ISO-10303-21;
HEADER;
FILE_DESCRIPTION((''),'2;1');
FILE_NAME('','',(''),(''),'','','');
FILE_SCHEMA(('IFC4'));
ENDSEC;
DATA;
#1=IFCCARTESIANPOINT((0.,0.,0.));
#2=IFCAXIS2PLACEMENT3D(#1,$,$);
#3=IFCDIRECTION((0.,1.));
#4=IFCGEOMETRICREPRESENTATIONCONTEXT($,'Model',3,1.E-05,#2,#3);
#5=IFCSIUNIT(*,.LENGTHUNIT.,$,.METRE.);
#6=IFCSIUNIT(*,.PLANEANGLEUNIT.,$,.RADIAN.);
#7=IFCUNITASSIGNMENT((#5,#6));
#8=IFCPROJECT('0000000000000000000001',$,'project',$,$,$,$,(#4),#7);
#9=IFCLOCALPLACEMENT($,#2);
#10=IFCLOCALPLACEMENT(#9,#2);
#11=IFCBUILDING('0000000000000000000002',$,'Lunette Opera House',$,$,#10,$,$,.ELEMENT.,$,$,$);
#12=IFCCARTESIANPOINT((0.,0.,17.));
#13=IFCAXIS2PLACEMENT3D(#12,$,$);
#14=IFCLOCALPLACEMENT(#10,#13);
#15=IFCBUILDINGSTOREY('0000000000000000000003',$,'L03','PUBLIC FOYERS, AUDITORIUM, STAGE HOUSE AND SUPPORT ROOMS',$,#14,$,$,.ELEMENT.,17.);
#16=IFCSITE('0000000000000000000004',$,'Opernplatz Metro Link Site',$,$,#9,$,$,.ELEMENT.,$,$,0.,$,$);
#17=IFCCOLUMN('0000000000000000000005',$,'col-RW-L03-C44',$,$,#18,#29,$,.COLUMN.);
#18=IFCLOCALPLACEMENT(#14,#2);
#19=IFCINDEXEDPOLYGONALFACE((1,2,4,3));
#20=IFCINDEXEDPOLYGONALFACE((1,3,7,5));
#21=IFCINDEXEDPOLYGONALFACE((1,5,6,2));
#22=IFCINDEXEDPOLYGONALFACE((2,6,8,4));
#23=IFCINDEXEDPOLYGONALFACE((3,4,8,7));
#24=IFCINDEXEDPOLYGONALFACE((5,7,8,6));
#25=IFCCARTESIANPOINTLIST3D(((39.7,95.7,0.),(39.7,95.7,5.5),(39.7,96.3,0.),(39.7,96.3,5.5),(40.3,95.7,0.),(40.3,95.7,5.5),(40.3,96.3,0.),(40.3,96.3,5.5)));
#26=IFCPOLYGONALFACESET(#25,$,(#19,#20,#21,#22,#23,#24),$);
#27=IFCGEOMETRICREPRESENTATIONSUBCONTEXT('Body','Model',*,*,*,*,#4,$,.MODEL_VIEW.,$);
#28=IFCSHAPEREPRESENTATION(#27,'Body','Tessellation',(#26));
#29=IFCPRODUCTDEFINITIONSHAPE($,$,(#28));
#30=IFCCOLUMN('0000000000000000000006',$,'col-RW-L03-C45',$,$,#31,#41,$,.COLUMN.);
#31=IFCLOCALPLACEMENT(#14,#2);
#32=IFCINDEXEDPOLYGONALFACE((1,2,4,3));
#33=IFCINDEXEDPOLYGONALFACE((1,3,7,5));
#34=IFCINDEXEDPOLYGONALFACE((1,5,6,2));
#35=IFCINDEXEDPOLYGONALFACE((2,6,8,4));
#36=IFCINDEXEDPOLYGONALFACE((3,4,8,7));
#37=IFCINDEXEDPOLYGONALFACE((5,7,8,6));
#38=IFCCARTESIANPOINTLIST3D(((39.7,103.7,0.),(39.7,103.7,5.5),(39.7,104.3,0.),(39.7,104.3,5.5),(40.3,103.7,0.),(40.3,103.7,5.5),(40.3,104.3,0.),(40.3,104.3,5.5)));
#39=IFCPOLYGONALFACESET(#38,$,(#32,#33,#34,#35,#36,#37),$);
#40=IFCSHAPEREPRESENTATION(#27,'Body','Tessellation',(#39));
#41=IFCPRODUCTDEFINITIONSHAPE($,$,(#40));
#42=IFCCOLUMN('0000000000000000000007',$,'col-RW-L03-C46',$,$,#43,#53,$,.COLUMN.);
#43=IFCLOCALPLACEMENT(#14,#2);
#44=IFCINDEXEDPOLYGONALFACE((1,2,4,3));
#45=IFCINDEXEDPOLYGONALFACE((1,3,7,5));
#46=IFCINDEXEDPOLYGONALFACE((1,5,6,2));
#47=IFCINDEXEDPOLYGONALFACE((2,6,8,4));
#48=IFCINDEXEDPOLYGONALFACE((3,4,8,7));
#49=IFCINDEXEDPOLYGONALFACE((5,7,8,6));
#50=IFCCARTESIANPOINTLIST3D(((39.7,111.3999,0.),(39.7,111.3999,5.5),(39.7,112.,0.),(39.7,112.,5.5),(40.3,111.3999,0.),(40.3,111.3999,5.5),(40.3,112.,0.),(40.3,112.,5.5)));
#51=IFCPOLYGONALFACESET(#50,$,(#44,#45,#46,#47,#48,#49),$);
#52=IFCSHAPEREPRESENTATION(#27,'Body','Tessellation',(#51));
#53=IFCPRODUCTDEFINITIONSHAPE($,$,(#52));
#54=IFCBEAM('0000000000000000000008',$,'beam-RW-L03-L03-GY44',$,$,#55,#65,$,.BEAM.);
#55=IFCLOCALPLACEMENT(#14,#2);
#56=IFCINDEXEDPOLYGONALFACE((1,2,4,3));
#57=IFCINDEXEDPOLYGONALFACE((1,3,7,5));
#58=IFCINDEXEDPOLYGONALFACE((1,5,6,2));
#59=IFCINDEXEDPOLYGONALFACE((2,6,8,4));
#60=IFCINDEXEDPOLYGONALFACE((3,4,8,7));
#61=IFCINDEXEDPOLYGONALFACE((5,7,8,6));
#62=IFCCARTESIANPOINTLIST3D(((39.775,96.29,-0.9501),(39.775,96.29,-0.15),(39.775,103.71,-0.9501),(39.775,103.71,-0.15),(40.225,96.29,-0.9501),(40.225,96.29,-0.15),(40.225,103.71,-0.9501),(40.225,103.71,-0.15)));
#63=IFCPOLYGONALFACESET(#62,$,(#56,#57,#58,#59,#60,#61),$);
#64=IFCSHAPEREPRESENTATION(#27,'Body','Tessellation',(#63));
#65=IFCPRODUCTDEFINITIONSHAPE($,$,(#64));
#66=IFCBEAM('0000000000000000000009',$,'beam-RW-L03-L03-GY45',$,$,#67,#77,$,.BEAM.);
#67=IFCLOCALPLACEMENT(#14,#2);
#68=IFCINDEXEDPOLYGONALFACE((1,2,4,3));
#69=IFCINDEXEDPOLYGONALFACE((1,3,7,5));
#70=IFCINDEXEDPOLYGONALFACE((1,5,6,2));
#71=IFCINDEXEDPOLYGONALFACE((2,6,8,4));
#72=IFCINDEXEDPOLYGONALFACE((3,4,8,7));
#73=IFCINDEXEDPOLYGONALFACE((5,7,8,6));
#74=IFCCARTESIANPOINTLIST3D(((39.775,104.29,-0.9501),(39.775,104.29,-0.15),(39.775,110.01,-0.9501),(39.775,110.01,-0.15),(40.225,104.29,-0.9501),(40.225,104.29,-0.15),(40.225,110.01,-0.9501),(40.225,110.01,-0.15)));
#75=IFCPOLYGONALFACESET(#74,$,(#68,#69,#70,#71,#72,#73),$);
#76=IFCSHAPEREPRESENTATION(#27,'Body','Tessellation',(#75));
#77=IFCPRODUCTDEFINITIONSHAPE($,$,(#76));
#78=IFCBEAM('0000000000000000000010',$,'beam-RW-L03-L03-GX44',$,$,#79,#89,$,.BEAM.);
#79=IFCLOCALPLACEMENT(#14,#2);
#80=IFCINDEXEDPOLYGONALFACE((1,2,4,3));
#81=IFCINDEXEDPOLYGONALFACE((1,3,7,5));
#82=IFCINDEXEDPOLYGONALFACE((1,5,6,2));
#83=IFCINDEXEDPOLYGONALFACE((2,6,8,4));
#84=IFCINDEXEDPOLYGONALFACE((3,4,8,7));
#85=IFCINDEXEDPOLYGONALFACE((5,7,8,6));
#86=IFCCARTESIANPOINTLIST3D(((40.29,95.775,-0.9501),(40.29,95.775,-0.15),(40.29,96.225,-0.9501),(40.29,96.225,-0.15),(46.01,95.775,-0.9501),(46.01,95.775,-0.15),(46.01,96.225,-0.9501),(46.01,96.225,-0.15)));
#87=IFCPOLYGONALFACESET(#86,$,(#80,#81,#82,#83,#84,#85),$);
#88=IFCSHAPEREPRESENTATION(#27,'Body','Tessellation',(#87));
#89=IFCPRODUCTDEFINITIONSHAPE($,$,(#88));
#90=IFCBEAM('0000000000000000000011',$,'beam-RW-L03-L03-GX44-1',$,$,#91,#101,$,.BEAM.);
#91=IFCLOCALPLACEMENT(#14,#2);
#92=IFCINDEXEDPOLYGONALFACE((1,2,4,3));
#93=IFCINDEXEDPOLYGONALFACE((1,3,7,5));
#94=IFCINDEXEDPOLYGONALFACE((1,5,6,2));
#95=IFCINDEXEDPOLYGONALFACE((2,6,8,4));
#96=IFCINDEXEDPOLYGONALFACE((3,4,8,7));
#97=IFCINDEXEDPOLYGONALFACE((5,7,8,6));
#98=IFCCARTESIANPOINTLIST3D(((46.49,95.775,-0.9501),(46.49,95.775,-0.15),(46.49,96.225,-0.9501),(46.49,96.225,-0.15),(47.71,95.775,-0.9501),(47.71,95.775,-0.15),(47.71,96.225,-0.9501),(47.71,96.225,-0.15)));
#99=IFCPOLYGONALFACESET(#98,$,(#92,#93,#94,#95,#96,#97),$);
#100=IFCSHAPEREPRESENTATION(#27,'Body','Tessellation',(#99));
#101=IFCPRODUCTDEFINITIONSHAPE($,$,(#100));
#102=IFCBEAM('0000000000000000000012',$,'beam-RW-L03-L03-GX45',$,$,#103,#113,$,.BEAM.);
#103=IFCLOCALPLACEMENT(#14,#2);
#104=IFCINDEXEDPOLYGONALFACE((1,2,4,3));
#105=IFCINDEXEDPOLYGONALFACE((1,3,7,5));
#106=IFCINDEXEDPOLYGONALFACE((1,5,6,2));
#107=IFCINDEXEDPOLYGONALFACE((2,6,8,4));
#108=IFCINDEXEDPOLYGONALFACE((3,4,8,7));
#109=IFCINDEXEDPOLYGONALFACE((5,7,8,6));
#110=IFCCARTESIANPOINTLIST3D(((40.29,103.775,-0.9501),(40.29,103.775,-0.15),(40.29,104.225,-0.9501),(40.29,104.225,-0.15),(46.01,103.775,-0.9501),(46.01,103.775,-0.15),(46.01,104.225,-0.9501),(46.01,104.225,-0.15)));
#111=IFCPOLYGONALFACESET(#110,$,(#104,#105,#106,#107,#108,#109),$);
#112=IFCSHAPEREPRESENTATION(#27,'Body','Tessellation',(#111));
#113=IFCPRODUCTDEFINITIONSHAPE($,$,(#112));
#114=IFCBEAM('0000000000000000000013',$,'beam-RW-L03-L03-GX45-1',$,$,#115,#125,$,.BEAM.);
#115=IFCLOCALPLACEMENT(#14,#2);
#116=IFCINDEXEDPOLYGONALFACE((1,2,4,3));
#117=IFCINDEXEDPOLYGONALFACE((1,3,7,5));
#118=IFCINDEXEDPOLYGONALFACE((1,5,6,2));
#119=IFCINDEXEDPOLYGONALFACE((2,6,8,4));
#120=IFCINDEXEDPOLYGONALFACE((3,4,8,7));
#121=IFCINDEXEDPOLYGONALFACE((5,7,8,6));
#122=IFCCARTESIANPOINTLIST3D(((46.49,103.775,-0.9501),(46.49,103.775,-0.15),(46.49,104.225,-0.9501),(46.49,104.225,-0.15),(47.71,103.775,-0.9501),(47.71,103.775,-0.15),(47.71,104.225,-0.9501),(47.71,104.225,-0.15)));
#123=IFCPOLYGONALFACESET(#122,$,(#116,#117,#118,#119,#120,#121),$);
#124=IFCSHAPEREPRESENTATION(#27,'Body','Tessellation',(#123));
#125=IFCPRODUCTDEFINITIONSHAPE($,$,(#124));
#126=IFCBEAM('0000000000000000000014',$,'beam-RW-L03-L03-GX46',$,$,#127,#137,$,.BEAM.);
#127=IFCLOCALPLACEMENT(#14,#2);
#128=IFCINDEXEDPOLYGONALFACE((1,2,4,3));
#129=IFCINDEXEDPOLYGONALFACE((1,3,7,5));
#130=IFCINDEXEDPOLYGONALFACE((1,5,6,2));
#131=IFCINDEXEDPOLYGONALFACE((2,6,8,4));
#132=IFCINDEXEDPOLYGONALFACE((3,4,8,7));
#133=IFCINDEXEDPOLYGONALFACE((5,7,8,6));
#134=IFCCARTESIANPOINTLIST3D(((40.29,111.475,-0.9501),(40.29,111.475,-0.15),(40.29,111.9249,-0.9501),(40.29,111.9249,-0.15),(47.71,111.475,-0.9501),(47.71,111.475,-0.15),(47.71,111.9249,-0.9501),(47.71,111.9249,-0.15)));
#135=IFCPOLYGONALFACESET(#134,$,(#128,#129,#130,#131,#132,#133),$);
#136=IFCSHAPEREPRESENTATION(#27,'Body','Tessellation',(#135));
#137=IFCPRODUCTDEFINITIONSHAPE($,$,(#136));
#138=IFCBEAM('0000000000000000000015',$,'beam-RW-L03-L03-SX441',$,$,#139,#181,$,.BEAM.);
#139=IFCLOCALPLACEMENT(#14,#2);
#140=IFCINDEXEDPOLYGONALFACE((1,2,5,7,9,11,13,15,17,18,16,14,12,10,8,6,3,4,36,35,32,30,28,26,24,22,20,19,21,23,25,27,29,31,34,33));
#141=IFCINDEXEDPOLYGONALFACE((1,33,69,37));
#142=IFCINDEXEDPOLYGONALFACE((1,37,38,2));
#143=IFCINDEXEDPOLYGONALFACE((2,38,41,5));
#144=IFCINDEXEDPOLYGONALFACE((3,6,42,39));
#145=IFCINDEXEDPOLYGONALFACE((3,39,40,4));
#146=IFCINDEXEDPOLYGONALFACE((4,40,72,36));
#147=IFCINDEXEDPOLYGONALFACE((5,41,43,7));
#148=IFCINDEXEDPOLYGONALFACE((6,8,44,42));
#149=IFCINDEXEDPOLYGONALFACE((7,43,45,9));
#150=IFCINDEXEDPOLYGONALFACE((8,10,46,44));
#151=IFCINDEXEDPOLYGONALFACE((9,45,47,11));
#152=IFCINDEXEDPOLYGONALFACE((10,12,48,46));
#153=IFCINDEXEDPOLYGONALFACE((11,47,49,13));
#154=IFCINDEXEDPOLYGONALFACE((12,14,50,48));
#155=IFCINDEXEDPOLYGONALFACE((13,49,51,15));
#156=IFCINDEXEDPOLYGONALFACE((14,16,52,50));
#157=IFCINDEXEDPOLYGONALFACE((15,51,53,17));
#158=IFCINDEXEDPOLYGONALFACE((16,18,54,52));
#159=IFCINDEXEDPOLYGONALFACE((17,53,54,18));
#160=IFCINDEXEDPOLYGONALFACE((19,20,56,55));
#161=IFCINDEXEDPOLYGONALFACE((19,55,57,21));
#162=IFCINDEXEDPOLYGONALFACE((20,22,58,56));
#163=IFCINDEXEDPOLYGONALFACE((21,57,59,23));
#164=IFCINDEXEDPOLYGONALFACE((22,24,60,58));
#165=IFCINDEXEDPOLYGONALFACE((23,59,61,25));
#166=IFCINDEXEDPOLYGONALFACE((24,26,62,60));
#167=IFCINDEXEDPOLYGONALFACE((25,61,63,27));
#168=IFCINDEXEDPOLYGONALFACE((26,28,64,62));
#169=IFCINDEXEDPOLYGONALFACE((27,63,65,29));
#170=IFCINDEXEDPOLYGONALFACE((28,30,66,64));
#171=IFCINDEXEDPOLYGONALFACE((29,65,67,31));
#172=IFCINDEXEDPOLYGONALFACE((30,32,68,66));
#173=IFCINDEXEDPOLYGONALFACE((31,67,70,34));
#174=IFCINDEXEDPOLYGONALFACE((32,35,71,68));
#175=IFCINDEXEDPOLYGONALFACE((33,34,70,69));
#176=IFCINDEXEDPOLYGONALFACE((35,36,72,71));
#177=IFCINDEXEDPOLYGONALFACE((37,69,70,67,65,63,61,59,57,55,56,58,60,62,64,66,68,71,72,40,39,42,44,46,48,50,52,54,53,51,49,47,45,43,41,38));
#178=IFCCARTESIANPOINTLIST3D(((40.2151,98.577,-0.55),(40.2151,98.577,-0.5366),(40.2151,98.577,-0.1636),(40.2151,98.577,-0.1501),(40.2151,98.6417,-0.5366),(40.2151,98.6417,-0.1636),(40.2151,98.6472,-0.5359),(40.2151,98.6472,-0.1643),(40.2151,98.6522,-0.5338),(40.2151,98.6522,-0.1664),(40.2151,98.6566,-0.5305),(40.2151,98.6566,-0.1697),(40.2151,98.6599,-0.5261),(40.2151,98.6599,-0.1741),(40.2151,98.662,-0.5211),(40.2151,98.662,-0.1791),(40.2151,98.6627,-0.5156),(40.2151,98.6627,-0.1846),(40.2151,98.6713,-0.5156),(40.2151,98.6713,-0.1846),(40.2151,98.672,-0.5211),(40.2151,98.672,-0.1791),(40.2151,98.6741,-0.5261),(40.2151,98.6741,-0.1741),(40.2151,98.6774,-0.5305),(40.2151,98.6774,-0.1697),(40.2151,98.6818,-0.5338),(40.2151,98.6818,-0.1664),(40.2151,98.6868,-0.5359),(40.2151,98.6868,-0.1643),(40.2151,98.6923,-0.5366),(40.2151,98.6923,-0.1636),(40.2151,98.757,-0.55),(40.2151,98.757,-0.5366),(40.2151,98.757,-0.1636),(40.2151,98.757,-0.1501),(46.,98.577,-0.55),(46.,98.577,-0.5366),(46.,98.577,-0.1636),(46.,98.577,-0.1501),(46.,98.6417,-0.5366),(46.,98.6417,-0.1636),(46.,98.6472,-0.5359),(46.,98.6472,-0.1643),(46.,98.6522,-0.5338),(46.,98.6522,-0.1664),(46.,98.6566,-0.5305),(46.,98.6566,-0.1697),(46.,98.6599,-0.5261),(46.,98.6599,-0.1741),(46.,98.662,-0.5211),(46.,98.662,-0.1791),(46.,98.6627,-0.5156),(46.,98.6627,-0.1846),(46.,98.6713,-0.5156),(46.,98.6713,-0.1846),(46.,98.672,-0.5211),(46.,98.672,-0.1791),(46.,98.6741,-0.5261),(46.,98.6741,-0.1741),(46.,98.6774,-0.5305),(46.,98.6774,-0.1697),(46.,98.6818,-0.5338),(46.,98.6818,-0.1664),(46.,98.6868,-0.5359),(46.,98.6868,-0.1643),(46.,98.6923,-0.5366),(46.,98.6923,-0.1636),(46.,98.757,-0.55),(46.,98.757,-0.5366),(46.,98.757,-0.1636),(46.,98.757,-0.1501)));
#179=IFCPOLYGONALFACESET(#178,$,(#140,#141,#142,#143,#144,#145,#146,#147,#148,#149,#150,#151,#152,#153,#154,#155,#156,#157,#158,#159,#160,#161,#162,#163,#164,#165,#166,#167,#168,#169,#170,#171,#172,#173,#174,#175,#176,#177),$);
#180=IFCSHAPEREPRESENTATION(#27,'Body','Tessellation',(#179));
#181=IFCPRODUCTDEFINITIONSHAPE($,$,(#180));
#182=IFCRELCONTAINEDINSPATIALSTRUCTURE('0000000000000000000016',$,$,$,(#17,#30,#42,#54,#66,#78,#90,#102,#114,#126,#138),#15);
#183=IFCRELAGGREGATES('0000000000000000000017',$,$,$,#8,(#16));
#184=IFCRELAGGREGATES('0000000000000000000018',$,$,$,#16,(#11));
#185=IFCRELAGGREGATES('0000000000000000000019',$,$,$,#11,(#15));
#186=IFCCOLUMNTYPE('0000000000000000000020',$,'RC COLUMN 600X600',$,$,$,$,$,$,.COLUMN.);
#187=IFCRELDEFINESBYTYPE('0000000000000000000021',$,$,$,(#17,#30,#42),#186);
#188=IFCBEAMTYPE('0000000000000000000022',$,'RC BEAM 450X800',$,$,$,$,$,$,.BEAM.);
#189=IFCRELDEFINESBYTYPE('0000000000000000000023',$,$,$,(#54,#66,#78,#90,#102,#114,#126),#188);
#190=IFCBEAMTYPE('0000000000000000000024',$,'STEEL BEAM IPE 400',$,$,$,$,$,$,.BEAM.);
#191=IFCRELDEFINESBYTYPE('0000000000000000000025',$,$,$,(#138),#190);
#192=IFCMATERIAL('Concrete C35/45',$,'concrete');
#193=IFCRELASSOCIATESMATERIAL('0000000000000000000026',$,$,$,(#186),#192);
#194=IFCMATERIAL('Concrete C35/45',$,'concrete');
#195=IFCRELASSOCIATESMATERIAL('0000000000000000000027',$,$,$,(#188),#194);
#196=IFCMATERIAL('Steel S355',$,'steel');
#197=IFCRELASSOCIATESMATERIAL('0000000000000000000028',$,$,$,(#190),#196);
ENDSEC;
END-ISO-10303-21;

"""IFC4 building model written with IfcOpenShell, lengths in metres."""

from ifc_helpers import new_model, si_unit, direction, frame, origin, origin_2d, place, context, subcontext, project, spatial, rectangle, i_section, extrude, material, material_profile, profile_set, type_object, element, save


model = new_model("IFC4")

# Units and contexts
model_context = context("Model", 3, precision=1e-05, world=origin(), true_north=direction((0.0, 1.0)))
body_context = subcontext(model_context, "Body", "Model", "MODEL_VIEW")
ifc_project = project(units=[si_unit("LENGTHUNIT", "METRE"), si_unit("PLANEANGLEUNIT", "RADIAN")], contexts=[model_context])

# Site, building, storey
site_placement = place(None, origin())
site = spatial("IfcSite", under=ifc_project, at=site_placement, Name="Opernplatz Metro Link Site", CompositionType="ELEMENT", RefElevation=0.0)
building_placement = place(site_placement, origin())
building = spatial("IfcBuilding", under=site, at=building_placement, Name="Lunette Opera House", CompositionType="ELEMENT")
storey_placement = place(building_placement, frame((0.0, 0.0, 17.0)))
storey = spatial("IfcBuildingStorey", under=building, at=storey_placement, Name="L03", Description="PUBLIC FOYERS, AUDITORIUM, STAGE HOUSE AND SUPPORT ROOMS", CompositionType="ELEMENT", Elevation=17.0)

# Columns
ifc_material_1 = material(Name="Concrete C35/45", Category="concrete")
ifc_material_profile_1 = material_profile(ifc_material_1, rectangle(XDim=0.6001, YDim=0.6001, at=origin_2d()), Name="RC COLUMN 600X600")
ifc_profile_set_1 = profile_set([ifc_material_profile_1], Name="Concrete C35/45")
column_type = type_object("IfcColumnType", Name="RC COLUMN 600X600", PredefinedType="COLUMN", material=ifc_profile_set_1)
for number, where, z_axis, x_axis, name in (
    (1, (40.0, 96.0, 0.0), (0.0, 0.0, 1.0), (1.0, 0.0, 0.0), "col-RW-L03-C44"),
    (2, (40.0, 104.0, 0.0), (0.0, 0.0, 1.0), (1.0, 0.0, 0.0), "col-RW-L03-C45"),
    (3, (40.0, 111.7, 0.0), (0.0, 0.0, 1.0), (1.0, 0.0, 0.0), "col-RW-L03-C46"),
):
    element("IfcColumn", number, at=place(storey_placement, frame(where, z_axis=z_axis, x_axis=x_axis)), inside=storey, type_object=column_type, Name=name, PredefinedType="COLUMN", context=body_context, shape_type="SweptSolid", body=[
        extrude(rectangle(XDim=0.6001, YDim=0.6001, at=origin_2d()), origin(), (0.0, 0.0, 1.0), 5.5),
    ])

# Beams
ifc_material_2 = material(Name="Concrete C35/45", Category="concrete")
ifc_material_profile_2 = material_profile(ifc_material_2, rectangle(XDim=0.45, YDim=0.8, at=origin_2d()), Name="RC BEAM 450X800")
ifc_profile_set_2 = profile_set([ifc_material_profile_2], Name="Concrete C35/45")
beam_type_1 = type_object("IfcBeamType", Name="RC BEAM 450X800", PredefinedType="BEAM", material=ifc_profile_set_2)
beam_1_placement = place(storey_placement, frame((40.0, 96.29, -0.55), z_axis=(0.0, 1.0, 0.0), x_axis=(-1.0, 0.0, 0.0)))
element("IfcBeam", 4, at=beam_1_placement, inside=storey, type_object=beam_type_1, Name="beam-RW-L03-L03-GY44", PredefinedType="BEAM", context=body_context, shape_type="SweptSolid", body=[
    extrude(rectangle(XDim=0.45, YDim=0.8, at=origin_2d()), origin(), (0.0, 0.0, 1.0), 7.4199),
])
for number, where, z_axis, x_axis, name in (
    (5, (40.0, 104.29, -0.55), (0.0, 1.0, 0.0), (-1.0, 0.0, 0.0), "beam-RW-L03-L03-GY45"),
    (6, (40.29, 96.0, -0.55), (1.0, 0.0, 0.0), (0.0, 1.0, 0.0), "beam-RW-L03-L03-GX44"),
):
    element("IfcBeam", number, at=place(storey_placement, frame(where, z_axis=z_axis, x_axis=x_axis)), inside=storey, type_object=beam_type_1, Name=name, PredefinedType="BEAM", context=body_context, shape_type="SweptSolid", body=[
        extrude(rectangle(XDim=0.45, YDim=0.8, at=origin_2d()), origin(), (0.0, 0.0, 1.0), 5.72),
    ])
beam_2_placement = place(storey_placement, frame((46.49, 96.0, -0.55), z_axis=(1.0, 0.0, 0.0), x_axis=(0.0, 1.0, 0.0)))
element("IfcBeam", 7, at=beam_2_placement, inside=storey, type_object=beam_type_1, Name="beam-RW-L03-L03-GX44-1", PredefinedType="BEAM", context=body_context, shape_type="SweptSolid", body=[
    extrude(rectangle(XDim=0.45, YDim=0.8, at=origin_2d()), origin(), (0.0, 0.0, 1.0), 1.22),
])
beam_3_placement = place(storey_placement, frame((40.29, 104.0, -0.55), z_axis=(1.0, 0.0, 0.0), x_axis=(0.0, 1.0, 0.0)))
element("IfcBeam", 8, at=beam_3_placement, inside=storey, type_object=beam_type_1, Name="beam-RW-L03-L03-GX45", PredefinedType="BEAM", context=body_context, shape_type="SweptSolid", body=[
    extrude(rectangle(XDim=0.45, YDim=0.8, at=origin_2d()), origin(), (0.0, 0.0, 1.0), 5.72),
])
beam_4_placement = place(storey_placement, frame((46.49, 104.0, -0.55), z_axis=(1.0, 0.0, 0.0), x_axis=(0.0, 1.0, 0.0)))
element("IfcBeam", 9, at=beam_4_placement, inside=storey, type_object=beam_type_1, Name="beam-RW-L03-L03-GX45-1", PredefinedType="BEAM", context=body_context, shape_type="SweptSolid", body=[
    extrude(rectangle(XDim=0.45, YDim=0.8, at=origin_2d()), origin(), (0.0, 0.0, 1.0), 1.22),
])
beam_5_placement = place(storey_placement, frame((40.29, 111.7, -0.55), z_axis=(1.0, 0.0, 0.0), x_axis=(0.0, 1.0, 0.0)))
element("IfcBeam", 10, at=beam_5_placement, inside=storey, type_object=beam_type_1, Name="beam-RW-L03-L03-GX46", PredefinedType="BEAM", context=body_context, shape_type="SweptSolid", body=[
    extrude(rectangle(XDim=0.45, YDim=0.8, at=origin_2d()), origin(), (0.0, 0.0, 1.0), 7.4199),
])
ifc_material_3 = material(Name="Steel S355", Category="steel")
ifc_material_profile_3 = material_profile(ifc_material_3, i_section(OverallWidth=0.1799, OverallDepth=0.3999, WebThickness=0.0085, FlangeThickness=0.0134, FilletRadius=0.021, at=origin_2d()), Name="IPE 400")
ifc_profile_set_3 = profile_set([ifc_material_profile_3], Name="Steel S355")
beam_type_2 = type_object("IfcBeamType", Name="STEEL BEAM IPE 400", PredefinedType="BEAM", material=ifc_profile_set_3)
beam_6_placement = place(storey_placement, frame((40.2151, 98.667, -0.3501), z_axis=(1.0, 0.0, 0.0), x_axis=(0.0, 1.0, 0.0)))
element("IfcBeam", 11, at=beam_6_placement, inside=storey, type_object=beam_type_2, Name="beam-RW-L03-L03-SX441", PredefinedType="BEAM", context=body_context, shape_type="SweptSolid", body=[
    extrude(i_section(OverallWidth=0.1799, OverallDepth=0.3999, WebThickness=0.0085, FlangeThickness=0.0134, FilletRadius=0.021, at=origin_2d()), origin(), (0.0, 0.0, 1.0), 5.7849),
])

save(model, "model.ifc")
